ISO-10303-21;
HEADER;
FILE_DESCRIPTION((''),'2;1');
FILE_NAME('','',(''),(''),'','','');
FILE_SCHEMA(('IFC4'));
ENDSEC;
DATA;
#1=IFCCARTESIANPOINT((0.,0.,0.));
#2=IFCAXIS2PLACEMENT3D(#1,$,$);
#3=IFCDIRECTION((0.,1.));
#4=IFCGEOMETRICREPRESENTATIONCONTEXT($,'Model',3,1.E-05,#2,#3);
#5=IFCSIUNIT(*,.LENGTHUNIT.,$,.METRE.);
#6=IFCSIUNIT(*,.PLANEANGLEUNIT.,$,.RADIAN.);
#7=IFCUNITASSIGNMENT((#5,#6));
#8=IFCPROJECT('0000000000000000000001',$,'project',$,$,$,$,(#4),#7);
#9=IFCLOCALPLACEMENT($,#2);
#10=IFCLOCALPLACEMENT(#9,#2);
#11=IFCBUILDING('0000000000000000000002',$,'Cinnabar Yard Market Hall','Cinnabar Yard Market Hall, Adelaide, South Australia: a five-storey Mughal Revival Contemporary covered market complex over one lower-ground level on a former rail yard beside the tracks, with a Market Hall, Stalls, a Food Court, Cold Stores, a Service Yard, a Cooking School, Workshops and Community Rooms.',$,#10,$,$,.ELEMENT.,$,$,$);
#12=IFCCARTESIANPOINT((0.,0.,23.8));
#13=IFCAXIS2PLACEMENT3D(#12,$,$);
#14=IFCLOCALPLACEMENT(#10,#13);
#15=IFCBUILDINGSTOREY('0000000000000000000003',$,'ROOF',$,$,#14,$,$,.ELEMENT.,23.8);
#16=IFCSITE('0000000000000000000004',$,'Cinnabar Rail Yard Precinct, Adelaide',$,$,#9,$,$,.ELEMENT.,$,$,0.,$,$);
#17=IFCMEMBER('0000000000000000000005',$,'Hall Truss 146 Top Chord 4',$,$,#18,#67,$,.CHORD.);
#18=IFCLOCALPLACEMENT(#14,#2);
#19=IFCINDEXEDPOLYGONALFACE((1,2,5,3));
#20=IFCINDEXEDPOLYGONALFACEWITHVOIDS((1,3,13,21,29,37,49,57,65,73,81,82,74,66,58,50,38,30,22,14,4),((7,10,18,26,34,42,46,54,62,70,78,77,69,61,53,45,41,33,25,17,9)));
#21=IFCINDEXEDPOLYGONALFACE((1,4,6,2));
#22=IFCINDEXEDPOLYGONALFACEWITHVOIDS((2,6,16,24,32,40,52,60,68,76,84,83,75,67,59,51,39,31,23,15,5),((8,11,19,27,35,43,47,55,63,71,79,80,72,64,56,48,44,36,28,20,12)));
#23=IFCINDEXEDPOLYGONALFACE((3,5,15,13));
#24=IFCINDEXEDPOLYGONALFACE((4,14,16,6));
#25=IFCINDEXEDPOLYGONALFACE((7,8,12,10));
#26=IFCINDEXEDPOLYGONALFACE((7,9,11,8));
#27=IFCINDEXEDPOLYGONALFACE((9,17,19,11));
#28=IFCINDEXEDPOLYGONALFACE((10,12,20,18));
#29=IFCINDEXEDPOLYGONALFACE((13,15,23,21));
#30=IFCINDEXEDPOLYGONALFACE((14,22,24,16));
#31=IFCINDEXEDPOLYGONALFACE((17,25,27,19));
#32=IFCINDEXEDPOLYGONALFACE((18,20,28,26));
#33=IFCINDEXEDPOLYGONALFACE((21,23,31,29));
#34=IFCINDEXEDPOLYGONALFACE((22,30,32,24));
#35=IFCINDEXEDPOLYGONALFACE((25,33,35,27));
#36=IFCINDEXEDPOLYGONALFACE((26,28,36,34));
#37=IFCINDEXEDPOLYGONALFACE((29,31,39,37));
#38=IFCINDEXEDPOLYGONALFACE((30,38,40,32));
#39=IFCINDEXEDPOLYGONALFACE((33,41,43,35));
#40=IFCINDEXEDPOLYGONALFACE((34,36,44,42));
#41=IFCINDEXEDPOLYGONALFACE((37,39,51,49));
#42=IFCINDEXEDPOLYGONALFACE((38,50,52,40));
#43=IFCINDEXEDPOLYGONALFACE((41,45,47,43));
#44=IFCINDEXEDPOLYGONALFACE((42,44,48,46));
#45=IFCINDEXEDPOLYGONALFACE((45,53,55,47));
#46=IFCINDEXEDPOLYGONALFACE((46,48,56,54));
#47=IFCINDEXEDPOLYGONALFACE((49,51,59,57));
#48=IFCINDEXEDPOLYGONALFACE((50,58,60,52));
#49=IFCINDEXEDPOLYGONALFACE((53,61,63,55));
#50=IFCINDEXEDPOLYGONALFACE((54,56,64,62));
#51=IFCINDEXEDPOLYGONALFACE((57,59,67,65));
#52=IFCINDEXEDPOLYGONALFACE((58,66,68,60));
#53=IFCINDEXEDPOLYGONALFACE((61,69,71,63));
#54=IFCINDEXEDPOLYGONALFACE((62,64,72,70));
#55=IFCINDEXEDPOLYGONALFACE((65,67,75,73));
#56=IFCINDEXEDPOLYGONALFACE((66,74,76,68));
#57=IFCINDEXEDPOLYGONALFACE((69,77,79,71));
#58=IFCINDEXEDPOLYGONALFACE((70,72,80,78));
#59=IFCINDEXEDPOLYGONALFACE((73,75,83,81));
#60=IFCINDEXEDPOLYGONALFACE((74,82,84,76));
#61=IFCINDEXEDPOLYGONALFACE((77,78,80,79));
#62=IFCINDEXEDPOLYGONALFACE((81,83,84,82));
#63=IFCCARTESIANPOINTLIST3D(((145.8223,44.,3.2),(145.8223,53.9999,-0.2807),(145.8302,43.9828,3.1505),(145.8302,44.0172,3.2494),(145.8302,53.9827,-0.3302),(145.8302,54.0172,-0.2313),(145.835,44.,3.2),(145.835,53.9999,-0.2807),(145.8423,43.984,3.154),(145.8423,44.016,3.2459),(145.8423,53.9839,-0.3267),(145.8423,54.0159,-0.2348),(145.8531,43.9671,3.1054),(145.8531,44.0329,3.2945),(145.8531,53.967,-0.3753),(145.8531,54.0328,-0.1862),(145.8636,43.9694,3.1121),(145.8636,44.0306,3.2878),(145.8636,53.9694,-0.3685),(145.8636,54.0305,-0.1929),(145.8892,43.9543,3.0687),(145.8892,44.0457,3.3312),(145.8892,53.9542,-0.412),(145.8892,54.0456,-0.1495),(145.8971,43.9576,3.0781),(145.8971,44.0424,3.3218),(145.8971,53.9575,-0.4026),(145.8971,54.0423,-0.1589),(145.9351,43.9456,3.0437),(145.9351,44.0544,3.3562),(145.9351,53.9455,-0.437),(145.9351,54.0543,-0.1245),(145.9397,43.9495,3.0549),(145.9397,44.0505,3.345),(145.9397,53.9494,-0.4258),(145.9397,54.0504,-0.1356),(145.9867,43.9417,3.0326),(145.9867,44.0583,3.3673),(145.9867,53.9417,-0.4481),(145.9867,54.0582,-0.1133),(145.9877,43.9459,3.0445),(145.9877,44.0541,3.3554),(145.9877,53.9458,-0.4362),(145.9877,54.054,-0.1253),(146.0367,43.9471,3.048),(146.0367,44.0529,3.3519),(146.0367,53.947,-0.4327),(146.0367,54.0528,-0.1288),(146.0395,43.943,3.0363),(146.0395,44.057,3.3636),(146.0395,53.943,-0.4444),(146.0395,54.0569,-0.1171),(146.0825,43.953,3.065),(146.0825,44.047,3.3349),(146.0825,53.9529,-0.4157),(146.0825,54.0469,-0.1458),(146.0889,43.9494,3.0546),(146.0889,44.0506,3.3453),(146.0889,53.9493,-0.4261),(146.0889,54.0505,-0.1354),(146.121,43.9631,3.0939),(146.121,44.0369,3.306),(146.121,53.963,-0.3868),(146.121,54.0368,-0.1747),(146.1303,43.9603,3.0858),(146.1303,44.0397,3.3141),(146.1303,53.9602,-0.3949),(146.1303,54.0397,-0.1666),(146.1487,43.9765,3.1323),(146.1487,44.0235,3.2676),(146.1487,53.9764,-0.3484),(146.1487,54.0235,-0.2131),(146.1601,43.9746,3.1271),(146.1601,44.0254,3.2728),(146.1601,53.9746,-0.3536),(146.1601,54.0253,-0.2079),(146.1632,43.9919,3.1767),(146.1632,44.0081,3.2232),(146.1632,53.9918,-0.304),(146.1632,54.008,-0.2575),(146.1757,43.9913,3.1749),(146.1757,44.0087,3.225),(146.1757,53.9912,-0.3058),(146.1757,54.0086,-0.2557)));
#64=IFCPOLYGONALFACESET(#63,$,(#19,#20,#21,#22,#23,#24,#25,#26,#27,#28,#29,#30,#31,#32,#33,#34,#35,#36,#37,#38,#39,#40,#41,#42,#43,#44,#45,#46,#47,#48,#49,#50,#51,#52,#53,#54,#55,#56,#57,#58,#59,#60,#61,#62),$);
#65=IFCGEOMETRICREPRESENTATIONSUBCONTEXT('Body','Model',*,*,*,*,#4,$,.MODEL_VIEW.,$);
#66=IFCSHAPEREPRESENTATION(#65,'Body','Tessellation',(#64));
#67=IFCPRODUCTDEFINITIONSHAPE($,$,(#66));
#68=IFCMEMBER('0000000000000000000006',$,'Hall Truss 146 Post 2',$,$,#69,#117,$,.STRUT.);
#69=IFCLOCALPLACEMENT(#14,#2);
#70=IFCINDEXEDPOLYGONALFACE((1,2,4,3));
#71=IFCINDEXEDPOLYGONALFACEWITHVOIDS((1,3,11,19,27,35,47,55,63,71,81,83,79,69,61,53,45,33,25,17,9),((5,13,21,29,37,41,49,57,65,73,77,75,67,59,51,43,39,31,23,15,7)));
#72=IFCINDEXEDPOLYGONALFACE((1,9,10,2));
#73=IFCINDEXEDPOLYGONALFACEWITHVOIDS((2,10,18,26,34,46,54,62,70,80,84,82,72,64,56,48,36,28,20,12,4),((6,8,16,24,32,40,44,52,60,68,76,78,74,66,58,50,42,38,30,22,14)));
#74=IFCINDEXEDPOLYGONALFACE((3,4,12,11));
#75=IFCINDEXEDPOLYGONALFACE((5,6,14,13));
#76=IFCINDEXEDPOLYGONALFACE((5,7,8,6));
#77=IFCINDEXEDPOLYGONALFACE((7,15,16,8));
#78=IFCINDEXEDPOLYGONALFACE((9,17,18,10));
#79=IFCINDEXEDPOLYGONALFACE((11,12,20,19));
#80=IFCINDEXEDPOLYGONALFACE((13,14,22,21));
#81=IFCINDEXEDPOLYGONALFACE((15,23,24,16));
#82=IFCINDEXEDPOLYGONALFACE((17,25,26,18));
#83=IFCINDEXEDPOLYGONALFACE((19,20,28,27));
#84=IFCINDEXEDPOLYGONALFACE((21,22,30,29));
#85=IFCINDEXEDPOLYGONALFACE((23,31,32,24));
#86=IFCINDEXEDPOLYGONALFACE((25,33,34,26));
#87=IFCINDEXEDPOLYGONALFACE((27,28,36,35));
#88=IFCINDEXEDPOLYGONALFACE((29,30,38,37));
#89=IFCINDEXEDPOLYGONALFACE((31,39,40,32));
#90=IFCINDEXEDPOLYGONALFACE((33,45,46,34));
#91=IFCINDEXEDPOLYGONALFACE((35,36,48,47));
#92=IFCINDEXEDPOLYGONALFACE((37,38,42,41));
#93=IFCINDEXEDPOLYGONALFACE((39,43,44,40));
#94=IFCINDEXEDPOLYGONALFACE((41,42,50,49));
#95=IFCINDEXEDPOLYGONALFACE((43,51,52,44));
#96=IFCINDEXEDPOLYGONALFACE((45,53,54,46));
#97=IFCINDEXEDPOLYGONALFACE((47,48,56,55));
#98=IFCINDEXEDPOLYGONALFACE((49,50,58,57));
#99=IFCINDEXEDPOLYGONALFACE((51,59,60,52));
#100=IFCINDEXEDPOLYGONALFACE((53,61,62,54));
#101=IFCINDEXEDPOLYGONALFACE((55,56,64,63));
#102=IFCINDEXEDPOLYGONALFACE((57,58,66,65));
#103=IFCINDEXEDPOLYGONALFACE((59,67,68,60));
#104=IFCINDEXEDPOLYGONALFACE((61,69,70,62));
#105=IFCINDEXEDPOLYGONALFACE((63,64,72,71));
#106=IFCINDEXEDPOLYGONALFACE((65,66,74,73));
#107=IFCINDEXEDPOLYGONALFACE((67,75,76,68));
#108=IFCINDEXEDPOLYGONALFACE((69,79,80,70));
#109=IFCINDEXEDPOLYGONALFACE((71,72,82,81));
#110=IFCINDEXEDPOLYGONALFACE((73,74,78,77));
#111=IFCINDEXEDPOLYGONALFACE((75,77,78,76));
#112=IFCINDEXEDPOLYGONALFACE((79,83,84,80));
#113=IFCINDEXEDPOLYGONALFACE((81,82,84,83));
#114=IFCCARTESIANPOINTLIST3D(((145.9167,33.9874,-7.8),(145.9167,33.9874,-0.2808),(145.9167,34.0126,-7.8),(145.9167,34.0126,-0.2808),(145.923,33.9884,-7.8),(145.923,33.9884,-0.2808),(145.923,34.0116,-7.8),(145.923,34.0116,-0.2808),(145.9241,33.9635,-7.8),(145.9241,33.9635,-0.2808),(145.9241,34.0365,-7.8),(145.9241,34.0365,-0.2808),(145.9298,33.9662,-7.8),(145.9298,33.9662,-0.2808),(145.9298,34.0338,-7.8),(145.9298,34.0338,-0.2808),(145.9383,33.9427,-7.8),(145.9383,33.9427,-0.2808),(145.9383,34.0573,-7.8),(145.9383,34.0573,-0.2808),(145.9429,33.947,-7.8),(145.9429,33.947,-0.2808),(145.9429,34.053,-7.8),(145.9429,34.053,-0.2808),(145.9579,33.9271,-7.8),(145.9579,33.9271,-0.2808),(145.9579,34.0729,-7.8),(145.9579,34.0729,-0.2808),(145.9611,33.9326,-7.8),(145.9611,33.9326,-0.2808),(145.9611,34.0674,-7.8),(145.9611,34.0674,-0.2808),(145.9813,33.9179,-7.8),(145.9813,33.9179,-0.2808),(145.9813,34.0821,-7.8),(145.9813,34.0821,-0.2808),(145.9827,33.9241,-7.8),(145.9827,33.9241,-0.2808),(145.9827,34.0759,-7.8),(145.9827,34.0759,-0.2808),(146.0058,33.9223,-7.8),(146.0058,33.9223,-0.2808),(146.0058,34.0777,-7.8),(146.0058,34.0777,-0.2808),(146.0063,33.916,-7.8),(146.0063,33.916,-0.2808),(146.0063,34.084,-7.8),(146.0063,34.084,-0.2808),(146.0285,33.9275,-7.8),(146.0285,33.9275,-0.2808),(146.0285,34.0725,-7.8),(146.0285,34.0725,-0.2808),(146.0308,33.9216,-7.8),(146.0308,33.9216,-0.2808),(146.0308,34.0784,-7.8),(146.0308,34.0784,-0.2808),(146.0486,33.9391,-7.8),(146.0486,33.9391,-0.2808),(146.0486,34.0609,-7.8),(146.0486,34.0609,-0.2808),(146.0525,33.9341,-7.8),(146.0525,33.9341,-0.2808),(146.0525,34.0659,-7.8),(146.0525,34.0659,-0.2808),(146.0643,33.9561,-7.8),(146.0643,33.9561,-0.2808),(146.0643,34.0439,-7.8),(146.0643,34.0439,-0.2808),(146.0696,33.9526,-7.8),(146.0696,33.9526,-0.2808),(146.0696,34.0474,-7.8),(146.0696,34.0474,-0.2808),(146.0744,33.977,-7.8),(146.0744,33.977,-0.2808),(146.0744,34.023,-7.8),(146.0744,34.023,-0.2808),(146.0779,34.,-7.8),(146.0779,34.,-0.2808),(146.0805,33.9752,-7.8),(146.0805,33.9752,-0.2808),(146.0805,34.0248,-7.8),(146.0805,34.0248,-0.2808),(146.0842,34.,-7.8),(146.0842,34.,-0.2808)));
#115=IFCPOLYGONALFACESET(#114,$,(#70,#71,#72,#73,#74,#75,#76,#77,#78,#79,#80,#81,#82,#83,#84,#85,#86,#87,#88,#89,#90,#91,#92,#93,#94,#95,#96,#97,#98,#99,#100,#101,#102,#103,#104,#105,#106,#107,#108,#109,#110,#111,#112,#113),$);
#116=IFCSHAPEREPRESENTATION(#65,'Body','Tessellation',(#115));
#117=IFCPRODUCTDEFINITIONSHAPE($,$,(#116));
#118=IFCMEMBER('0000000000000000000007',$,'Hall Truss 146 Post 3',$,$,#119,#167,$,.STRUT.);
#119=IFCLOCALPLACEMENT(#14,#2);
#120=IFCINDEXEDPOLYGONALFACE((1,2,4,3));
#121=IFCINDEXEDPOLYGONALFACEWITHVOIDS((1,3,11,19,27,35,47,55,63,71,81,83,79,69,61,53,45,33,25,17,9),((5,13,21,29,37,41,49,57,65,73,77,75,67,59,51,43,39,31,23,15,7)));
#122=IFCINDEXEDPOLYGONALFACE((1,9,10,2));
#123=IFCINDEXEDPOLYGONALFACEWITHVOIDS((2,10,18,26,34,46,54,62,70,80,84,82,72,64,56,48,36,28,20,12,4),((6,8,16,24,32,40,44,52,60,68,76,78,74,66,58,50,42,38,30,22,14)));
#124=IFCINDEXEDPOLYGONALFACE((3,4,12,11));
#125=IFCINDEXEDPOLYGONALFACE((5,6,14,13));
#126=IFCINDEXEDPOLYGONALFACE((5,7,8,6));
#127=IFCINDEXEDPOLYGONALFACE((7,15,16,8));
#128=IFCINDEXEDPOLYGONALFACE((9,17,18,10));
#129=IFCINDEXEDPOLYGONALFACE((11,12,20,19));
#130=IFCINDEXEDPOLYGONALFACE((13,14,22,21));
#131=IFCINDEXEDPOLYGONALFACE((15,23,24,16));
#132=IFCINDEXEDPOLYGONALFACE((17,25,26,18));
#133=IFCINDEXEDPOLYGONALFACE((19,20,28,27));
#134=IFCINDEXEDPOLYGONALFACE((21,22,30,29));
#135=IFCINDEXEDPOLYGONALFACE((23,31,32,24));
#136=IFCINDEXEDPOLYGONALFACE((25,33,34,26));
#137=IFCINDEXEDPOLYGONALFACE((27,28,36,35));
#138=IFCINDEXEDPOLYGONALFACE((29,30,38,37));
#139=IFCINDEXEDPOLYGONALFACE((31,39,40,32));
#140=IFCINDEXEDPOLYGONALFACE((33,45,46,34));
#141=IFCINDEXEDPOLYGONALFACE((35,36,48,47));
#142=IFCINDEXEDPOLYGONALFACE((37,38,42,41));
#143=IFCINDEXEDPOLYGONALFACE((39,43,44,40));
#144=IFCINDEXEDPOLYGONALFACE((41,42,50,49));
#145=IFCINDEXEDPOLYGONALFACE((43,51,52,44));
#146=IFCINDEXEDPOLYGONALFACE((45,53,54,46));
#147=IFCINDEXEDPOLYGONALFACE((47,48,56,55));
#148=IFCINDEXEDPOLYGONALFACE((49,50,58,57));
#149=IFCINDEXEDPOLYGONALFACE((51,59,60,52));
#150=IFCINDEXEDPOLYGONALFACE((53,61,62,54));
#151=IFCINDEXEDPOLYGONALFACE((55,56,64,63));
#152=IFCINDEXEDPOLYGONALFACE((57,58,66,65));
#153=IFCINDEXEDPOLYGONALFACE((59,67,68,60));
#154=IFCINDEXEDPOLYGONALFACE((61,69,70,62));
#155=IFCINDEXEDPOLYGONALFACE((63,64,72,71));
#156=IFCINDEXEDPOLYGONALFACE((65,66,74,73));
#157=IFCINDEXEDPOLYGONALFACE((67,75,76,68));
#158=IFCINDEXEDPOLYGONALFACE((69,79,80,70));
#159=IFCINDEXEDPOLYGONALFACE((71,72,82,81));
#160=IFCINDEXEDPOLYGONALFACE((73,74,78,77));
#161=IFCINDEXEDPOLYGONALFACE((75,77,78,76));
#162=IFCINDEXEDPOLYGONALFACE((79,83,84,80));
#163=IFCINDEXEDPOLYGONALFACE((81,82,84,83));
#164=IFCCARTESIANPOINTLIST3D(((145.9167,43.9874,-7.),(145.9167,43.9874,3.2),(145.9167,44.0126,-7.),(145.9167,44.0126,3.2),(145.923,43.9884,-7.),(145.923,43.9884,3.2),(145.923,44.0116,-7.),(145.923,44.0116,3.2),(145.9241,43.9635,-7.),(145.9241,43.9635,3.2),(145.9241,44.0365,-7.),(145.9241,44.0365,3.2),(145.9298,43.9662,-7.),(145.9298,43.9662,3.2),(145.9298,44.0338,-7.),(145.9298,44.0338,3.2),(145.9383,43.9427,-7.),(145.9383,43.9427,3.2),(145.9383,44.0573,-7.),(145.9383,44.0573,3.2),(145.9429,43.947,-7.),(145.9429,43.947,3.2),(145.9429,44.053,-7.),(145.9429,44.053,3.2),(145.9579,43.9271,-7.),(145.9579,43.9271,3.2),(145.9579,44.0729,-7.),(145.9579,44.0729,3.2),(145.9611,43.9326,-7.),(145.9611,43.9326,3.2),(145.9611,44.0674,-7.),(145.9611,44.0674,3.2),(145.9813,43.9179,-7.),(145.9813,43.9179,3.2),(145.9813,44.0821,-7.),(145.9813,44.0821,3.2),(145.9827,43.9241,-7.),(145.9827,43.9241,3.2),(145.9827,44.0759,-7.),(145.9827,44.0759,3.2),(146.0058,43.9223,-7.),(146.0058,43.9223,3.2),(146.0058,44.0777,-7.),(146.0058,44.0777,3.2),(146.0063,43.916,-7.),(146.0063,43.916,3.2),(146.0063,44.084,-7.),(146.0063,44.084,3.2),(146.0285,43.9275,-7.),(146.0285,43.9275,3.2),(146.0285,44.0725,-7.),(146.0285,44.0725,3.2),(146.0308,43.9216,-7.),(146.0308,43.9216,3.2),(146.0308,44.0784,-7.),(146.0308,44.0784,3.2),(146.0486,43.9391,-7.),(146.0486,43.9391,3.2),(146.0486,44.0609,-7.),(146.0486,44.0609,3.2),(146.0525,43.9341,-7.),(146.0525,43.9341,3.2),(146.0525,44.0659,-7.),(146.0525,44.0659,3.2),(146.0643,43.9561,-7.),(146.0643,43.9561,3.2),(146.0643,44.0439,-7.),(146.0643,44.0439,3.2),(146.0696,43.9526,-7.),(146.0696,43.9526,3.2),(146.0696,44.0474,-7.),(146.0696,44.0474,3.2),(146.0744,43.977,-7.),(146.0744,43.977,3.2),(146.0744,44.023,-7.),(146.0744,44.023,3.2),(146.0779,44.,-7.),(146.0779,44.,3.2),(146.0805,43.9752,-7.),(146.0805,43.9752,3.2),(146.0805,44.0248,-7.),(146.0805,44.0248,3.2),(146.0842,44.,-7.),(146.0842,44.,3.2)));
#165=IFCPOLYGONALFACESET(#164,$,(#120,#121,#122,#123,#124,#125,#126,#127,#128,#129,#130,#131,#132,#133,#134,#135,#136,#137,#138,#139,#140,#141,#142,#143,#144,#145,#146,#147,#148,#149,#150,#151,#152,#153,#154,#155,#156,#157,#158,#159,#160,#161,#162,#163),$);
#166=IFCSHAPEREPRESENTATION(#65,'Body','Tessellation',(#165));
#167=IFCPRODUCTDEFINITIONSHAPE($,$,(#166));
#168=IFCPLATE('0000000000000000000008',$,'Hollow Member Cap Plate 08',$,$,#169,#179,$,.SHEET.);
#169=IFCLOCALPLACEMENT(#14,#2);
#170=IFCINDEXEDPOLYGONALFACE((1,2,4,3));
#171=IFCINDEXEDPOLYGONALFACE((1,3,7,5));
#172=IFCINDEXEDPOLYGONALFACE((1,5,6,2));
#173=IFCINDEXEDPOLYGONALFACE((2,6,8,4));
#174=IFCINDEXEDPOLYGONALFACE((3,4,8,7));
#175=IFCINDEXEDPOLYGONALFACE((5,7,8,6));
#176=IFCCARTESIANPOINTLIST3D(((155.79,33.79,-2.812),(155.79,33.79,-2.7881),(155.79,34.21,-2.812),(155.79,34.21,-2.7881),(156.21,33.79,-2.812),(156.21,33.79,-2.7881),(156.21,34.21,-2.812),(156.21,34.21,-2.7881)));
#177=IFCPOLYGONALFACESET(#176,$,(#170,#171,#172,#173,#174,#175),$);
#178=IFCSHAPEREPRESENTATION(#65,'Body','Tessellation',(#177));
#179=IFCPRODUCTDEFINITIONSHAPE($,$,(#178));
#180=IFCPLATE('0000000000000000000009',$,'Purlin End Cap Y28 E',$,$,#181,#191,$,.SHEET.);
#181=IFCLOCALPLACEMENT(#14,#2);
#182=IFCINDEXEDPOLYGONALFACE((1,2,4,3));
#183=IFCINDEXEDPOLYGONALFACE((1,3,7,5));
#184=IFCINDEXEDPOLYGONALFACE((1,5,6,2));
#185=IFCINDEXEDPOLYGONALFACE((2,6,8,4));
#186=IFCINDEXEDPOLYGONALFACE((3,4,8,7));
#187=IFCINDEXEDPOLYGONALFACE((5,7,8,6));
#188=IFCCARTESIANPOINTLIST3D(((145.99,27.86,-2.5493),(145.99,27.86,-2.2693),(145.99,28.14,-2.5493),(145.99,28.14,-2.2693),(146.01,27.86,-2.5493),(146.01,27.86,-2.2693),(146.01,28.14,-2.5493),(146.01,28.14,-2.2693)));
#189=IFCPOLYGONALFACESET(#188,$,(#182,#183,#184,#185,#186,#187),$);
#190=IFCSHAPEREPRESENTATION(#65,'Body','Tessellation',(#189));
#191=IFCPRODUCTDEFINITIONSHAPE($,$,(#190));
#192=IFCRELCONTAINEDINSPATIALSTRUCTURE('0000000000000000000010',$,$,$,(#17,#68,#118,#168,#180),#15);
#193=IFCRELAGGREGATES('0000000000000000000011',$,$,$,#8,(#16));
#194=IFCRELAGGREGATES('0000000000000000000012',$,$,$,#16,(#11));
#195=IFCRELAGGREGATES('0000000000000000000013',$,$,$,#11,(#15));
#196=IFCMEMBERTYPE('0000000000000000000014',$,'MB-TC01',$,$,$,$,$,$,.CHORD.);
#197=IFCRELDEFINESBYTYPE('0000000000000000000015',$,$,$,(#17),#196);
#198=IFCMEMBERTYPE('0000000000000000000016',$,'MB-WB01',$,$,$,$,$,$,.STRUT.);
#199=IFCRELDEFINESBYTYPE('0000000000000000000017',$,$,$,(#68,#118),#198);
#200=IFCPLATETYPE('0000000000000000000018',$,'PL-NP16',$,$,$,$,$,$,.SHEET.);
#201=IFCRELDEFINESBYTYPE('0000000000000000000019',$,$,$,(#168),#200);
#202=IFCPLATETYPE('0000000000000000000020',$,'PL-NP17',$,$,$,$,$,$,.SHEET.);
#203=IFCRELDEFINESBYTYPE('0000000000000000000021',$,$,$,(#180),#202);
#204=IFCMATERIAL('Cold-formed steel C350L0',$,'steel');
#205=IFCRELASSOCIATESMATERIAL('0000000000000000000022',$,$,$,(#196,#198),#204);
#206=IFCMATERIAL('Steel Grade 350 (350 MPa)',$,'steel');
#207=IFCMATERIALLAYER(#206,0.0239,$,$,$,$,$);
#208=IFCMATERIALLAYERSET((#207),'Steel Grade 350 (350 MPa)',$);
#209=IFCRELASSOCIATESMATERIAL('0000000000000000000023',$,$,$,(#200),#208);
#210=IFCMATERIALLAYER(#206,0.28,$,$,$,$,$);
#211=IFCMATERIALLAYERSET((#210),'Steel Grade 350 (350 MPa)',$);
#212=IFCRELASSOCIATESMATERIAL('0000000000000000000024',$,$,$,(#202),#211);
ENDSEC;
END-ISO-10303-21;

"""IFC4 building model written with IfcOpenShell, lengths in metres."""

from ifc_helpers import new_model, si_unit, direction, frame, origin, origin_2d_with_axis, place, context, subcontext, project, spatial, rectangle, hollow_circle, extrude, material, layer, layer_set, material_profile, profile_set, type_object, element, save


model = new_model("IFC4")

# Units and contexts
model_context = context("Model", 3, precision=1e-05, world=origin(), true_north=direction((0.0, 1.0)))
body_context = subcontext(model_context, "Body", "Model", "MODEL_VIEW")
ifc_project = project(units=[si_unit("LENGTHUNIT", "METRE"), si_unit("PLANEANGLEUNIT", "RADIAN")], contexts=[model_context])

# Site, building, storey
site_placement = place(None, origin())
site = spatial("IfcSite", under=ifc_project, at=site_placement, Name="Cinnabar Rail Yard Precinct, Adelaide", CompositionType="ELEMENT", RefElevation=0.0)
building_placement = place(site_placement, origin())
building = spatial("IfcBuilding", under=site, at=building_placement, Name="Cinnabar Yard Market Hall", Description="Cinnabar Yard Market Hall, Adelaide, South Australia: a five-storey Mughal Revival Contemporary covered market complex over one lower-ground level on a former rail yard beside the tracks, with a Market Hall, Stalls, a Food Court, Cold Stores, a Service Yard, a Cooking School, Workshops and Community Rooms.", CompositionType="ELEMENT")
storey_placement = place(building_placement, frame((0.0, 0.0, 23.8)))
storey = spatial("IfcBuildingStorey", under=building, at=storey_placement, Name="ROOF", CompositionType="ELEMENT", Elevation=23.8)

# Shared definitions
ifc_material_1 = material(Name="Steel Grade 350 (350 MPa)", Category="steel")
ifc_material_2 = material(Name="Cold-formed steel C350L0", Category="steel")

# Members
ifc_material_profile_1 = material_profile(ifc_material_2, hollow_circle(Radius=0.1777, WallThickness=0.0127, at=origin_2d_with_axis()), Name="355.6x12.7CHS")
ifc_profile_set_1 = profile_set([ifc_material_profile_1], Name="Cold-formed steel C350L0")
member_type_1 = type_object("IfcMemberType", Name="MB-TC01", PredefinedType="CHORD", material=ifc_profile_set_1)
for number, where, z_axis, x_axis, name in (
    (1, (146.0, 44.0, 3.2), (0.0, 0.944425, -0.328727), (-1.0, 0.0, 0.0), "Hall Truss 146 Top Chord 4"),
):
    element("IfcMember", number, at=place(storey_placement, frame(where, z_axis=z_axis, x_axis=x_axis)), inside=storey, type_object=member_type_1, Name=name, PredefinedType="CHORD", context=body_context, shape_type="SweptSolid", body=[
        extrude(hollow_circle(Radius=0.1777, WallThickness=0.0127, at=origin_2d_with_axis()), origin(), (0.0, 0.0, 1.0), 10.5884),
    ])
ifc_material_profile_2 = material_profile(ifc_material_2, hollow_circle(Radius=0.0842, WallThickness=0.0063, at=origin_2d_with_axis()), Name="168.3x6.4CHS")
ifc_profile_set_2 = profile_set([ifc_material_profile_2], Name="Cold-formed steel C350L0")
member_type_2 = type_object("IfcMemberType", Name="MB-WB01", PredefinedType="STRUT", material=ifc_profile_set_2)
member_1_placement = place(storey_placement, frame((146.0, 34.0, -7.8), z_axis=(0.0, 0.0, 1.0), x_axis=(1.0, 0.0, 0.0)))
element("IfcMember", 2, at=member_1_placement, inside=storey, type_object=member_type_2, Name="Hall Truss 146 Post 2", PredefinedType="STRUT", context=body_context, shape_type="SweptSolid", body=[
    extrude(hollow_circle(Radius=0.0842, WallThickness=0.0063, at=origin_2d_with_axis()), origin(), (0.0, 0.0, 1.0), 7.5193),
])
member_2_placement = place(storey_placement, frame((146.0, 44.0, -7.0), z_axis=(0.0, 0.0, 1.0), x_axis=(1.0, 0.0, 0.0)))
element("IfcMember", 3, at=member_2_placement, inside=storey, type_object=member_type_2, Name="Hall Truss 146 Post 3", PredefinedType="STRUT", context=body_context, shape_type="SweptSolid", body=[
    extrude(hollow_circle(Radius=0.0842, WallThickness=0.0063, at=origin_2d_with_axis()), origin(), (0.0, 0.0, 1.0), 10.2),
])

# Plates
ifc_layer_1 = layer(ifc_material_1, 0.0239)
ifc_layer_set_1 = layer_set([ifc_layer_1], Name="Steel Grade 350 (350 MPa)")
plate_type_1 = type_object("IfcPlateType", Name="PL-NP16", PredefinedType="SHEET", material=ifc_layer_set_1)
plate_placement = place(storey_placement, frame((156.0, 34.0, -2.812), z_axis=(0.0, 0.0, 1.0), x_axis=(1.0, 0.0, 0.0)))
element("IfcPlate", 4, at=plate_placement, inside=storey, type_object=plate_type_1, Name="Hollow Member Cap Plate 08", PredefinedType="SHEET", context=body_context, shape_type="SweptSolid", body=[
    extrude(rectangle(XDim=0.4199, YDim=0.4199, at=origin_2d_with_axis()), origin(), (0.0, 0.0, 1.0), 0.0239),
])
ifc_layer_2 = layer(ifc_material_1, 0.28)
ifc_layer_set_2 = layer_set([ifc_layer_2], Name="Steel Grade 350 (350 MPa)")
plate_type_2 = type_object("IfcPlateType", Name="PL-NP17", PredefinedType="SHEET", material=ifc_layer_set_2)
for number, where, z_axis, x_axis, name in (
    (5, (146.0, 28.0, -2.5493), (0.0, 0.0, 1.0), (1.0, 0.0, 0.0), "Purlin End Cap Y28 E"),
):
    element("IfcPlate", number, at=place(storey_placement, frame(where, z_axis=z_axis, x_axis=x_axis)), inside=storey, type_object=plate_type_2, Name=name, PredefinedType="SHEET", context=body_context, shape_type="SweptSolid", body=[
        extrude(rectangle(XDim=0.02, YDim=0.28, at=origin_2d_with_axis()), origin(), (0.0, 0.0, 1.0), 0.28),
    ])

save(model, "model.ifc")
